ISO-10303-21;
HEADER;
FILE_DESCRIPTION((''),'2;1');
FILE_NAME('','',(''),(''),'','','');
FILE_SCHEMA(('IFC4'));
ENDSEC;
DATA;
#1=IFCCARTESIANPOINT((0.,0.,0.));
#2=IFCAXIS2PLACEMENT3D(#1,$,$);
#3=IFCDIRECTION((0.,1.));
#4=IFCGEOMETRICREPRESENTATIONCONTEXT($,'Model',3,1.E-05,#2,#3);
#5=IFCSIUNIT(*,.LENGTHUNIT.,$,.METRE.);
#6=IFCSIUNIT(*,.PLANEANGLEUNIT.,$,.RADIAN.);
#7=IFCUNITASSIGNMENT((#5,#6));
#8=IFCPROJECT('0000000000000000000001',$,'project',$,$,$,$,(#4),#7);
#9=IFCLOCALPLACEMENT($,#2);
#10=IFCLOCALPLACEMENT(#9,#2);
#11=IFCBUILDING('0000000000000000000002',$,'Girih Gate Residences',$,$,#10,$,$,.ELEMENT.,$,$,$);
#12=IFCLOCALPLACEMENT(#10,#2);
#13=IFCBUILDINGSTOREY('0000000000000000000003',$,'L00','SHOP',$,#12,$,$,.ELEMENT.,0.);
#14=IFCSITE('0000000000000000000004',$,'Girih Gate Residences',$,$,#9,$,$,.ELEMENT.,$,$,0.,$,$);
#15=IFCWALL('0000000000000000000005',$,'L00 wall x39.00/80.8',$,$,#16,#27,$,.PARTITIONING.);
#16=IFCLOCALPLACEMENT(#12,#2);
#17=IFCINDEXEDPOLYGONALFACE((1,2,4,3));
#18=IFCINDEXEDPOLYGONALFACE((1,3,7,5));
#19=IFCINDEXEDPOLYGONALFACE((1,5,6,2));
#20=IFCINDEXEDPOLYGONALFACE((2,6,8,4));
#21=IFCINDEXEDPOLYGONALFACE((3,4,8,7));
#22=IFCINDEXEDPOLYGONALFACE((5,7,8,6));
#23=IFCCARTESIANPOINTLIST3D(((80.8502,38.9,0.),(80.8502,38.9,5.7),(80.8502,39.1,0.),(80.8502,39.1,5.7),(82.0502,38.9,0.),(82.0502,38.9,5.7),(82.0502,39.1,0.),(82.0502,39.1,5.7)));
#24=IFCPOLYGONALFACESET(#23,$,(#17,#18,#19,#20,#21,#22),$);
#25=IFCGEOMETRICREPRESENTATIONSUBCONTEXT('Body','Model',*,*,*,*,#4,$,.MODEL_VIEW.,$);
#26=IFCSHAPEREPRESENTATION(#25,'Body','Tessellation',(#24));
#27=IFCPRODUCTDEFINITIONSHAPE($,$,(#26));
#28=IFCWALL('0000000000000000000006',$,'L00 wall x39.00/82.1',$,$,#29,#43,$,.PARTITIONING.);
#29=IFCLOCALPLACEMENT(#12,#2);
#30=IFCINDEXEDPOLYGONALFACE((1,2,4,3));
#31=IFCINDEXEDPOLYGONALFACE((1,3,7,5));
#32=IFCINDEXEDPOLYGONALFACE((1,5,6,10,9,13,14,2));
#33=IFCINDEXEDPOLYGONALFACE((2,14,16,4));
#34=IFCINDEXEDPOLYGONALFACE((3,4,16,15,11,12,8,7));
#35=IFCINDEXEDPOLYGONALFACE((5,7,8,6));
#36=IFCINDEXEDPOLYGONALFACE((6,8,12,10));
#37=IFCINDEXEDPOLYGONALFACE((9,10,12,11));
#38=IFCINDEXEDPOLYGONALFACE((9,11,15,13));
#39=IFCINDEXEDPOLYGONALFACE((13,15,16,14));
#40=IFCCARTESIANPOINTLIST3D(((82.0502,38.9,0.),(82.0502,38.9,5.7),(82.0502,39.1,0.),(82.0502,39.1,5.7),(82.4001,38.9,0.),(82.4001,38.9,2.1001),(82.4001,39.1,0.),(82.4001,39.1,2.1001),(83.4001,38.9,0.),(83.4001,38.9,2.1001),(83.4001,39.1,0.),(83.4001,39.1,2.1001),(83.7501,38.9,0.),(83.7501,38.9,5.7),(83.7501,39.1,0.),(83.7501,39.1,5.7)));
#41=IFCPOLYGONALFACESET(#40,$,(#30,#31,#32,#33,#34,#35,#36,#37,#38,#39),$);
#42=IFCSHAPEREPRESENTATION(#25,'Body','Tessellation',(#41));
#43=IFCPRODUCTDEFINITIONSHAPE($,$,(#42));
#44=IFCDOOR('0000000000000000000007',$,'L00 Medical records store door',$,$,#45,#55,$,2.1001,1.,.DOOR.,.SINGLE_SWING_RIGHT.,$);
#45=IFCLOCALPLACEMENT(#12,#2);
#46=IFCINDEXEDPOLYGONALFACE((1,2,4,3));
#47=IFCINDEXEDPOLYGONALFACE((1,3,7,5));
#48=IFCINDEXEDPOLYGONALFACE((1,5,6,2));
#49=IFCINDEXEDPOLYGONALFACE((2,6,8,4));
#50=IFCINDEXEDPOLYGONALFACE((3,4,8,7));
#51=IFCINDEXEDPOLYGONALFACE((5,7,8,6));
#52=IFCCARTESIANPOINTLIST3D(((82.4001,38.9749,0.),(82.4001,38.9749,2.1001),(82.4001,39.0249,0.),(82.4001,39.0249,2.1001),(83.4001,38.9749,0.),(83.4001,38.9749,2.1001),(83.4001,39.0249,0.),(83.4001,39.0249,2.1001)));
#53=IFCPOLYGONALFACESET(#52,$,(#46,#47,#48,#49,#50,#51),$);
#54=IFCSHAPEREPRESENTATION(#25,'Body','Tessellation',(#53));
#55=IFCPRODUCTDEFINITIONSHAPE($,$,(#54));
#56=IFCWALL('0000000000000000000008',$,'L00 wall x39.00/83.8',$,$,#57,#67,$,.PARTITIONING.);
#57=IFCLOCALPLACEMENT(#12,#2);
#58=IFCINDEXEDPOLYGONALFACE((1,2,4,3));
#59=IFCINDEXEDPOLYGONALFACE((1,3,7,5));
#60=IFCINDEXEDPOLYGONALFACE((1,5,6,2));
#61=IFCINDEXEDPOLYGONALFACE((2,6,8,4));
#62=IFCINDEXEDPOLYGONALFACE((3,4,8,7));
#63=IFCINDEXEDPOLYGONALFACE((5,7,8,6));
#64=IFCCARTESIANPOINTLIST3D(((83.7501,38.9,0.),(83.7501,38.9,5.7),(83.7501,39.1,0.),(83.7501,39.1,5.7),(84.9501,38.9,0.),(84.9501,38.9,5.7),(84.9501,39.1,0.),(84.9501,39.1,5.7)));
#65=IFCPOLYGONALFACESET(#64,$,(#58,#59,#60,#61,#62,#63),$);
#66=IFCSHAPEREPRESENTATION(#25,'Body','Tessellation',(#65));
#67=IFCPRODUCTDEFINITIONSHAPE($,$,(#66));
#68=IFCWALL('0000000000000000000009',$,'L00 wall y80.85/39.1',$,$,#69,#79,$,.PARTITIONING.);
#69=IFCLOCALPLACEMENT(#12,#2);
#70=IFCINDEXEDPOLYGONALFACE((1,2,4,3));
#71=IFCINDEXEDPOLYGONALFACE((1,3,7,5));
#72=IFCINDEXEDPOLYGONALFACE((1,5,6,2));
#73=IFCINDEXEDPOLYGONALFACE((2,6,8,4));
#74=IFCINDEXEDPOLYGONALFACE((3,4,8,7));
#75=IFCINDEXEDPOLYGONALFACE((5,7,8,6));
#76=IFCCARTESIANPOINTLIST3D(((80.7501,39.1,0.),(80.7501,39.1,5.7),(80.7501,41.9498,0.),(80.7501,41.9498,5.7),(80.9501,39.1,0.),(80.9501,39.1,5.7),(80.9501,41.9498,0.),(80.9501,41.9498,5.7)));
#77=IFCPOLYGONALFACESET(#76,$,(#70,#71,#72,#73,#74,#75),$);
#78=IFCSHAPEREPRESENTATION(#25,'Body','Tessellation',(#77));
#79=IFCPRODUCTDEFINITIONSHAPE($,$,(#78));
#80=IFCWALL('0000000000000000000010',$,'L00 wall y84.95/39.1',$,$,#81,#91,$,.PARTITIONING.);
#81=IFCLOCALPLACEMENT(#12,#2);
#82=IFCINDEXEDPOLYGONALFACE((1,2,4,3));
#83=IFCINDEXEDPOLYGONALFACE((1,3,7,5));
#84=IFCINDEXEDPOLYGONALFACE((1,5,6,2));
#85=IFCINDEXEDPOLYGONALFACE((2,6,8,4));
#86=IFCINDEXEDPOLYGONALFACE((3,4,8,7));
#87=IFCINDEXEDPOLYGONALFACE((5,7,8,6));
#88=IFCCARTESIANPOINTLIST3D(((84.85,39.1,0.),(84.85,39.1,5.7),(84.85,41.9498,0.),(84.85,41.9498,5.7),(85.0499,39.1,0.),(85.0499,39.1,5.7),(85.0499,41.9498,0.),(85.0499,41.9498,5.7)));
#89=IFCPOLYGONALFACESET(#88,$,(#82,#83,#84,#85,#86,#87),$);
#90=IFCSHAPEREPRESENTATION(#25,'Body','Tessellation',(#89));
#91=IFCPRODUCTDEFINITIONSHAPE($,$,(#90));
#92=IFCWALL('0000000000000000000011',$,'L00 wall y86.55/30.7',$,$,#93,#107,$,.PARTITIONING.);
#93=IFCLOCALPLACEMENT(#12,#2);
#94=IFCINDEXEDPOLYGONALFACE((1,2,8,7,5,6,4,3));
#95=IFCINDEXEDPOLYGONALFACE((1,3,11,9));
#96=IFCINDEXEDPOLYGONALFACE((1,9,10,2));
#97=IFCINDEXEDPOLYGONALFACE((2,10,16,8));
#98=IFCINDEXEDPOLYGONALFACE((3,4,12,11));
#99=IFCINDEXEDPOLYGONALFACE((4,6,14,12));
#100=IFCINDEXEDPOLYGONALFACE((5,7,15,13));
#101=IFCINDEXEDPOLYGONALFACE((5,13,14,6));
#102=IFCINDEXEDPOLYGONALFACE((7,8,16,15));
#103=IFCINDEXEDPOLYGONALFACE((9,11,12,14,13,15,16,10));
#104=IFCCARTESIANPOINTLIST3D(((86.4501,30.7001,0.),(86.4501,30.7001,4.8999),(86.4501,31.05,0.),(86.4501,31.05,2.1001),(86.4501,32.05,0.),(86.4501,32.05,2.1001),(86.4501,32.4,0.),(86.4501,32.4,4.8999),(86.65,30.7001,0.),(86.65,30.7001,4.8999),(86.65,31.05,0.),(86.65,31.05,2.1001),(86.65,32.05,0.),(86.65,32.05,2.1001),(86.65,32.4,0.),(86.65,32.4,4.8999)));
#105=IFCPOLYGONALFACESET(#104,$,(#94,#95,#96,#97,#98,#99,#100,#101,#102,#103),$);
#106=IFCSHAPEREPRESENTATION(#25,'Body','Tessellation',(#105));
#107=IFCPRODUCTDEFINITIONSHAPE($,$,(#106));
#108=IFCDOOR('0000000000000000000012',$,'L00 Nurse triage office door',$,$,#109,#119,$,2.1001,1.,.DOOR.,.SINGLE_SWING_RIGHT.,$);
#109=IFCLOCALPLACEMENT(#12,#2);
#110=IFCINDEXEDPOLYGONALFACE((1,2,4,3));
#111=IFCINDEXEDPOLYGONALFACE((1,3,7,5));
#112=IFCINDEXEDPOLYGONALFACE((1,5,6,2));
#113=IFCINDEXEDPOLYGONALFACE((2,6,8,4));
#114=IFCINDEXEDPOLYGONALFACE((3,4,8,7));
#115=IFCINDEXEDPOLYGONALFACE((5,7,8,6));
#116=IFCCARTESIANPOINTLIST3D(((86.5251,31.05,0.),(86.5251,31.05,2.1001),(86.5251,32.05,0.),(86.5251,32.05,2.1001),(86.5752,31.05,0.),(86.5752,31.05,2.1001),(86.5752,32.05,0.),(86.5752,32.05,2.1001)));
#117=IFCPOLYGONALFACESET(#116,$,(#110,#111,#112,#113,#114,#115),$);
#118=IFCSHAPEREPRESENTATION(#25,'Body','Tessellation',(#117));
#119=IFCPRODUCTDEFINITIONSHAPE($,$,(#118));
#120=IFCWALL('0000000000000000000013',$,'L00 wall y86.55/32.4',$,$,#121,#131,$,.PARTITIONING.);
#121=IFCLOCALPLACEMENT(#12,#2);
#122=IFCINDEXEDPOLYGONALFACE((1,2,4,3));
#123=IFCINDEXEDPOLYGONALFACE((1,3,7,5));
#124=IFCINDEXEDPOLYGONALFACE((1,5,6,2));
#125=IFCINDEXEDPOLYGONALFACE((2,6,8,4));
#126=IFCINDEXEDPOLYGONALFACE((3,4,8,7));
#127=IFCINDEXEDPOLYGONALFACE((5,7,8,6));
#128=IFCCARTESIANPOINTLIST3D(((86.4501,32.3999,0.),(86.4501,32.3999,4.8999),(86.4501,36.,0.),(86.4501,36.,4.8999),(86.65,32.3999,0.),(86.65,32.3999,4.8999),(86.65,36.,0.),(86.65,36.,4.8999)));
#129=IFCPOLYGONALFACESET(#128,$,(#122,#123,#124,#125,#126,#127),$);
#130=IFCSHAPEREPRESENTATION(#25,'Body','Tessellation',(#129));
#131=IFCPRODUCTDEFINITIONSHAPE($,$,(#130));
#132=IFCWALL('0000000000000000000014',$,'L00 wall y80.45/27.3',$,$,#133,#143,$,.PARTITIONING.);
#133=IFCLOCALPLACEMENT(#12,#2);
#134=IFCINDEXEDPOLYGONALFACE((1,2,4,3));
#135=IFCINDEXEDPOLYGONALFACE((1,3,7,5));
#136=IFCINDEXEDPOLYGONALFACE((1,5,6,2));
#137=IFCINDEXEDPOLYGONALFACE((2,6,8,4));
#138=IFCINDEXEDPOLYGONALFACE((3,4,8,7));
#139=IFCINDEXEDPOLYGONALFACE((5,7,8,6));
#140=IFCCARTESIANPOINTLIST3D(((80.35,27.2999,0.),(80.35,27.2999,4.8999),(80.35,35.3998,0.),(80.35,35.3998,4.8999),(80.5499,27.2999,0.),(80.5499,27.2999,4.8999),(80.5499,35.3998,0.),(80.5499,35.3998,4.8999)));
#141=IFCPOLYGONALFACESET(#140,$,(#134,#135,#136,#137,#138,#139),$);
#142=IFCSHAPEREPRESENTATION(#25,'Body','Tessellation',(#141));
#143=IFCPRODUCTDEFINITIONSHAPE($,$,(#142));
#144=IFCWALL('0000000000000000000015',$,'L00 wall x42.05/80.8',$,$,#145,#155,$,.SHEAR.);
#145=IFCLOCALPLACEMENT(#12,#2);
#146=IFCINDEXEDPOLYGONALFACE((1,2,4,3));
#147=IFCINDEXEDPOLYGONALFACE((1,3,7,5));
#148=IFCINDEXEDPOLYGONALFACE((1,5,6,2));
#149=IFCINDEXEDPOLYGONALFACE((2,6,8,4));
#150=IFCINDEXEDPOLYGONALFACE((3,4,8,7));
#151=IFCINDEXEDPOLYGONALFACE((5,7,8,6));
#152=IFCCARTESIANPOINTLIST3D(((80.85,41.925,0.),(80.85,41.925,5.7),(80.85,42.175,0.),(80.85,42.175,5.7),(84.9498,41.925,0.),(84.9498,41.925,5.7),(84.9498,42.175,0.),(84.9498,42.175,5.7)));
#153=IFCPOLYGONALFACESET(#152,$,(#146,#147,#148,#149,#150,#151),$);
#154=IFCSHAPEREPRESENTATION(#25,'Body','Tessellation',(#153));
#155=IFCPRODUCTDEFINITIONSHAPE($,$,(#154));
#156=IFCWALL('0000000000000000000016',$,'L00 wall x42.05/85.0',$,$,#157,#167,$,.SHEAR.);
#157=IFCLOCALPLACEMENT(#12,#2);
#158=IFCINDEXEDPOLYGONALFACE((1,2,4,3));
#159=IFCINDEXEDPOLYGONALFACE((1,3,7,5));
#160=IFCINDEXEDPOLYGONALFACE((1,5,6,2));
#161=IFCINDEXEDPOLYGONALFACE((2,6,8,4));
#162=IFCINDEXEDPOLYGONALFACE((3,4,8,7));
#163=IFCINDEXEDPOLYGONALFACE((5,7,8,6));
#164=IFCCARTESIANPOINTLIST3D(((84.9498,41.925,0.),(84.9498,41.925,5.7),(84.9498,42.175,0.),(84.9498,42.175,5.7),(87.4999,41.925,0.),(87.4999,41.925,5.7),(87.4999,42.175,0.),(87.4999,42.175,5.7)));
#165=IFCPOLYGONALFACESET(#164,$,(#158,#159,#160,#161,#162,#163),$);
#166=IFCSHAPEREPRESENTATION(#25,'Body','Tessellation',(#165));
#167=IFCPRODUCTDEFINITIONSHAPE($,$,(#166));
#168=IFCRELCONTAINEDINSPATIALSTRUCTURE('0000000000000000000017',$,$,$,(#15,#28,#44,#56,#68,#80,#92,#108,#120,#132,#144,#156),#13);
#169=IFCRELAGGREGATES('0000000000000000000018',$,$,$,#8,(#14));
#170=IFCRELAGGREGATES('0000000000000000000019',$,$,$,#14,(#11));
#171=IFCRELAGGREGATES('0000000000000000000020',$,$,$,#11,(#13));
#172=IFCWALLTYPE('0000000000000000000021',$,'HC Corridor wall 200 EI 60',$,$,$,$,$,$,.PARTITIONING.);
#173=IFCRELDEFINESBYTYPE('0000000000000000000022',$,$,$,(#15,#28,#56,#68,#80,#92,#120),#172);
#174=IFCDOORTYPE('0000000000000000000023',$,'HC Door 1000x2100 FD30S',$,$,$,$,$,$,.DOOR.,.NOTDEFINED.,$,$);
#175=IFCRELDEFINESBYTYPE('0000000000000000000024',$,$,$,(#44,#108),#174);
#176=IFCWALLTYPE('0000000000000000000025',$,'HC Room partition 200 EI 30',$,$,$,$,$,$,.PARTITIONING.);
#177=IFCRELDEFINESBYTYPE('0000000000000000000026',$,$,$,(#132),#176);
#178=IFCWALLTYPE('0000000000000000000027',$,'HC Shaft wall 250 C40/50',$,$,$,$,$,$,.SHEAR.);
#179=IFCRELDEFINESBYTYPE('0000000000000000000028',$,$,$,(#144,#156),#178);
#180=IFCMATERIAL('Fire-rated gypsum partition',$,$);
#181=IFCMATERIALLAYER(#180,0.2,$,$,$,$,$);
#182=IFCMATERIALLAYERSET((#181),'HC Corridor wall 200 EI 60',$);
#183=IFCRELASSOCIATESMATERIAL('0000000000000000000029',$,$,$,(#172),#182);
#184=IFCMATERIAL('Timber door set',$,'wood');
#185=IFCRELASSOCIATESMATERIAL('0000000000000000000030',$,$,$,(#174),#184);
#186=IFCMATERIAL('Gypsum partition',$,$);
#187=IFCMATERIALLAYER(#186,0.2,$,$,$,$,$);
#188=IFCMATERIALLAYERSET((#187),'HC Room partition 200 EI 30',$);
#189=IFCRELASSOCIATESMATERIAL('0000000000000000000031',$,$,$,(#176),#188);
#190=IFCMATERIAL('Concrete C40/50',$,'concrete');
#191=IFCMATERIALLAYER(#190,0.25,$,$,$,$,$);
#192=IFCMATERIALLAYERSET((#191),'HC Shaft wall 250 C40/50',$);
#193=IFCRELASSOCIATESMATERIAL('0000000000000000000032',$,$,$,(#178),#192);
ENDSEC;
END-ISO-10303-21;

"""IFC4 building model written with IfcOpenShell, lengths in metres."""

from ifc_helpers import new_model, si_unit, direction, frame, frame_2d, origin, place, context, subcontext, project, spatial, rectangle, extrude, material, layer, layer_set, type_object, element, fill, save


model = new_model("IFC4")

# Units and contexts
model_context = context("Model", 3, precision=1e-05, world=origin(), true_north=direction((0.0, 1.0)))
body_context = subcontext(model_context, "Body", "Model", "MODEL_VIEW")
ifc_project = project(units=[si_unit("LENGTHUNIT", "METRE"), si_unit("PLANEANGLEUNIT", "RADIAN")], contexts=[model_context])

# Site, building, storey
site_placement = place(None, origin())
site = spatial("IfcSite", under=ifc_project, at=site_placement, Name="Girih Gate Residences", CompositionType="ELEMENT", RefElevation=0.0)
building_placement = place(site_placement, origin())
building = spatial("IfcBuilding", under=site, at=building_placement, Name="Girih Gate Residences", CompositionType="ELEMENT")
storey_placement = place(building_placement, origin())
storey = spatial("IfcBuildingStorey", under=building, at=storey_placement, Name="L00", Description="SHOP", CompositionType="ELEMENT", Elevation=0.0)

# Shared definitions
ifc_material_1 = material(Name="Concrete C40/50", Category="concrete")

# Wall
ifc_material_2 = material(Name="Fire-rated gypsum partition")
ifc_layer_1 = layer(ifc_material_2, 0.2)
ifc_layer_set_1 = layer_set([ifc_layer_1], Name="HC Corridor wall 200 EI 60")
wall_type_1 = type_object("IfcWallType", Name="HC Corridor wall 200 EI 60", PredefinedType="PARTITIONING", material=ifc_layer_set_1)
wall_1_placement = place(storey_placement, frame((80.8501, 39.0, 0.0), z_axis=(0.0, 0.0, 1.0), x_axis=(1.0, 0.0, 0.0)))
element("IfcWall", 1, at=wall_1_placement, inside=storey, type_object=wall_type_1, Name="L00 wall x39.00/80.8", PredefinedType="PARTITIONING", context=body_context, shape_type="SweptSolid", body=[
    extrude(rectangle(XDim=1.2, YDim=0.2, at=frame_2d((0.6001, 0.0))), origin(), (0.0, 0.0, 1.0), 5.7),
])

# Wall, opening, door
wall_2_placement = place(storey_placement, frame((82.05, 39.0, 0.0), z_axis=(0.0, 0.0, 1.0), x_axis=(1.0, 0.0, 0.0)))
wall_2 = element("IfcWall", 2, at=wall_2_placement, inside=storey, type_object=wall_type_1, Name="L00 wall x39.00/82.1", PredefinedType="PARTITIONING", context=body_context, shape_type="SweptSolid", body=[
    extrude(rectangle(XDim=1.7, YDim=0.2, at=frame_2d((0.8501, 0.0))), origin(), (0.0, 0.0, 1.0), 5.7),
])
opening_1_placement = place(wall_2_placement, frame((0.3501, 0.0, 0.0)))
opening_1 = element("IfcOpeningElement", 3, at=opening_1_placement, cuts=wall_2, PredefinedType="OPENING", context=body_context, shape_type="SweptSolid", body=[
    extrude(rectangle(XDim=1.0, YDim=2.1001, at=frame_2d((0.5, 1.05))), frame((0.0, 0.1099, 0.0), z_axis=(0.0, -1.0, 0.0), x_axis=(1.0, 0.0, 0.0)), (0.0, 0.0, 1.0), 0.22),
])
ifc_material_3 = material(Name="Timber door set", Category="wood")
door_type_1 = type_object("IfcDoorType", Name="HC Door 1000x2100 FD30S", OperationType="NOTDEFINED", PredefinedType="DOOR", material=ifc_material_3)
door_1_placement = place(opening_1_placement, origin())
door_1 = element("IfcDoor", 4, at=door_1_placement, inside=storey, type_object=door_type_1, Name="L00 Medical records store door", OperationType="SINGLE_SWING_RIGHT", OverallHeight=2.1001, OverallWidth=1.0, PredefinedType="DOOR", context=body_context, shape_type="SweptSolid", body=[
    extrude(rectangle(XDim=1.0, YDim=2.1001, at=frame_2d((0.5, 1.05))), frame((0.0, 0.0249, 0.0), z_axis=(0.0, -1.0, 0.0), x_axis=(1.0, 0.0, 0.0)), (0.0, 0.0, 1.0), 0.05),
])
fill(opening_1, door_1)

# Walls
wall_3_placement = place(storey_placement, frame((83.75, 39.0, 0.0), z_axis=(0.0, 0.0, 1.0), x_axis=(1.0, 0.0, 0.0)))
element("IfcWall", 5, at=wall_3_placement, inside=storey, type_object=wall_type_1, Name="L00 wall x39.00/83.8", PredefinedType="PARTITIONING", context=body_context, shape_type="SweptSolid", body=[
    extrude(rectangle(XDim=1.2, YDim=0.2, at=frame_2d((0.6001, 0.0))), origin(), (0.0, 0.0, 1.0), 5.7),
])
for number, where, z_axis, x_axis, name in (
    (6, (80.8501, 39.1001, 0.0), (0.0, 0.0, 1.0), (0.0, 1.0, 0.0), "L00 wall y80.85/39.1"),
    (7, (84.95, 39.1001, 0.0), (0.0, 0.0, 1.0), (0.0, 1.0, 0.0), "L00 wall y84.95/39.1"),
):
    element("IfcWall", number, at=place(storey_placement, frame(where, z_axis=z_axis, x_axis=x_axis)), inside=storey, type_object=wall_type_1, Name=name, PredefinedType="PARTITIONING", context=body_context, shape_type="SweptSolid", body=[
        extrude(rectangle(XDim=2.8499, YDim=0.2, at=frame_2d((1.4248, 0.0))), origin(), (0.0, 0.0, 1.0), 5.7),
    ])

# Wall, opening, door
wall_4_placement = place(storey_placement, frame((86.55, 30.7, 0.0), z_axis=(0.0, 0.0, 1.0), x_axis=(0.0, 1.0, 0.0)))
wall_4 = element("IfcWall", 8, at=wall_4_placement, inside=storey, type_object=wall_type_1, Name="L00 wall y86.55/30.7", PredefinedType="PARTITIONING", context=body_context, shape_type="SweptSolid", body=[
    extrude(rectangle(XDim=1.7, YDim=0.2, at=frame_2d((0.8501, 0.0))), origin(), (0.0, 0.0, 1.0), 4.8999),
])
opening_2_placement = place(wall_4_placement, frame((0.3501, 0.0, 0.0)))
opening_2 = element("IfcOpeningElement", 9, at=opening_2_placement, cuts=wall_4, PredefinedType="OPENING", context=body_context, shape_type="SweptSolid", body=[
    extrude(rectangle(XDim=1.0, YDim=2.1001, at=frame_2d((0.5, 1.05))), frame((0.0, 0.1099, 0.0), z_axis=(0.0, -1.0, 0.0), x_axis=(1.0, 0.0, 0.0)), (0.0, 0.0, 1.0), 0.22),
])
door_2_placement = place(opening_2_placement, origin())
door_2 = element("IfcDoor", 10, at=door_2_placement, inside=storey, type_object=door_type_1, Name="L00 Nurse triage office door", OperationType="SINGLE_SWING_RIGHT", OverallHeight=2.1001, OverallWidth=1.0, PredefinedType="DOOR", context=body_context, shape_type="SweptSolid", body=[
    extrude(rectangle(XDim=1.0, YDim=2.1001, at=frame_2d((0.5, 1.05))), frame((0.0, 0.0249, 0.0), z_axis=(0.0, -1.0, 0.0), x_axis=(1.0, 0.0, 0.0)), (0.0, 0.0, 1.0), 0.05),
])
fill(opening_2, door_2)

# Walls
wall_5_placement = place(storey_placement, frame((86.55, 32.3999, 0.0), z_axis=(0.0, 0.0, 1.0), x_axis=(0.0, 1.0, 0.0)))
element("IfcWall", 11, at=wall_5_placement, inside=storey, type_object=wall_type_1, Name="L00 wall y86.55/32.4", PredefinedType="PARTITIONING", context=body_context, shape_type="SweptSolid", body=[
    extrude(rectangle(XDim=3.6001, YDim=0.2, at=frame_2d((1.8, 0.0))), origin(), (0.0, 0.0, 1.0), 4.8999),
])
ifc_material_4 = material(Name="Gypsum partition")
ifc_layer_2 = layer(ifc_material_4, 0.2)
ifc_layer_set_2 = layer_set([ifc_layer_2], Name="HC Room partition 200 EI 30")
wall_type_2 = type_object("IfcWallType", Name="HC Room partition 200 EI 30", PredefinedType="PARTITIONING", material=ifc_layer_set_2)
wall_6_placement = place(storey_placement, frame((80.45, 27.3, 0.0), z_axis=(0.0, 0.0, 1.0), x_axis=(0.0, 1.0, 0.0)))
element("IfcWall", 12, at=wall_6_placement, inside=storey, type_object=wall_type_2, Name="L00 wall y80.45/27.3", PredefinedType="PARTITIONING", context=body_context, shape_type="SweptSolid", body=[
    extrude(rectangle(XDim=8.0999, YDim=0.2, at=frame_2d((4.0498, 0.0))), origin(), (0.0, 0.0, 1.0), 4.8999),
])
ifc_layer_3 = layer(ifc_material_1, 0.25)
ifc_layer_set_3 = layer_set([ifc_layer_3], Name="HC Shaft wall 250 C40/50")
wall_type_3 = type_object("IfcWallType", Name="HC Shaft wall 250 C40/50", PredefinedType="SHEAR", material=ifc_layer_set_3)
wall_7_placement = place(storey_placement, frame((80.8501, 42.05, 0.0), z_axis=(0.0, 0.0, 1.0), x_axis=(1.0, 0.0, 0.0)))
element("IfcWall", 13, at=wall_7_placement, inside=storey, type_object=wall_type_3, Name="L00 wall x42.05/80.8", PredefinedType="SHEAR", context=body_context, shape_type="SweptSolid", body=[
    extrude(rectangle(XDim=4.0999, YDim=0.25, at=frame_2d((2.0498, 0.0))), origin(), (0.0, 0.0, 1.0), 5.7),
])
wall_8_placement = place(storey_placement, frame((84.95, 42.05, 0.0), z_axis=(0.0, 0.0, 1.0), x_axis=(1.0, 0.0, 0.0)))
element("IfcWall", 14, at=wall_8_placement, inside=storey, type_object=wall_type_3, Name="L00 wall x42.05/85.0", PredefinedType="SHEAR", context=body_context, shape_type="SweptSolid", body=[
    extrude(rectangle(XDim=2.55, YDim=0.25, at=frame_2d((1.2749, 0.0))), origin(), (0.0, 0.0, 1.0), 5.7),
])

save(model, "model.ifc")
